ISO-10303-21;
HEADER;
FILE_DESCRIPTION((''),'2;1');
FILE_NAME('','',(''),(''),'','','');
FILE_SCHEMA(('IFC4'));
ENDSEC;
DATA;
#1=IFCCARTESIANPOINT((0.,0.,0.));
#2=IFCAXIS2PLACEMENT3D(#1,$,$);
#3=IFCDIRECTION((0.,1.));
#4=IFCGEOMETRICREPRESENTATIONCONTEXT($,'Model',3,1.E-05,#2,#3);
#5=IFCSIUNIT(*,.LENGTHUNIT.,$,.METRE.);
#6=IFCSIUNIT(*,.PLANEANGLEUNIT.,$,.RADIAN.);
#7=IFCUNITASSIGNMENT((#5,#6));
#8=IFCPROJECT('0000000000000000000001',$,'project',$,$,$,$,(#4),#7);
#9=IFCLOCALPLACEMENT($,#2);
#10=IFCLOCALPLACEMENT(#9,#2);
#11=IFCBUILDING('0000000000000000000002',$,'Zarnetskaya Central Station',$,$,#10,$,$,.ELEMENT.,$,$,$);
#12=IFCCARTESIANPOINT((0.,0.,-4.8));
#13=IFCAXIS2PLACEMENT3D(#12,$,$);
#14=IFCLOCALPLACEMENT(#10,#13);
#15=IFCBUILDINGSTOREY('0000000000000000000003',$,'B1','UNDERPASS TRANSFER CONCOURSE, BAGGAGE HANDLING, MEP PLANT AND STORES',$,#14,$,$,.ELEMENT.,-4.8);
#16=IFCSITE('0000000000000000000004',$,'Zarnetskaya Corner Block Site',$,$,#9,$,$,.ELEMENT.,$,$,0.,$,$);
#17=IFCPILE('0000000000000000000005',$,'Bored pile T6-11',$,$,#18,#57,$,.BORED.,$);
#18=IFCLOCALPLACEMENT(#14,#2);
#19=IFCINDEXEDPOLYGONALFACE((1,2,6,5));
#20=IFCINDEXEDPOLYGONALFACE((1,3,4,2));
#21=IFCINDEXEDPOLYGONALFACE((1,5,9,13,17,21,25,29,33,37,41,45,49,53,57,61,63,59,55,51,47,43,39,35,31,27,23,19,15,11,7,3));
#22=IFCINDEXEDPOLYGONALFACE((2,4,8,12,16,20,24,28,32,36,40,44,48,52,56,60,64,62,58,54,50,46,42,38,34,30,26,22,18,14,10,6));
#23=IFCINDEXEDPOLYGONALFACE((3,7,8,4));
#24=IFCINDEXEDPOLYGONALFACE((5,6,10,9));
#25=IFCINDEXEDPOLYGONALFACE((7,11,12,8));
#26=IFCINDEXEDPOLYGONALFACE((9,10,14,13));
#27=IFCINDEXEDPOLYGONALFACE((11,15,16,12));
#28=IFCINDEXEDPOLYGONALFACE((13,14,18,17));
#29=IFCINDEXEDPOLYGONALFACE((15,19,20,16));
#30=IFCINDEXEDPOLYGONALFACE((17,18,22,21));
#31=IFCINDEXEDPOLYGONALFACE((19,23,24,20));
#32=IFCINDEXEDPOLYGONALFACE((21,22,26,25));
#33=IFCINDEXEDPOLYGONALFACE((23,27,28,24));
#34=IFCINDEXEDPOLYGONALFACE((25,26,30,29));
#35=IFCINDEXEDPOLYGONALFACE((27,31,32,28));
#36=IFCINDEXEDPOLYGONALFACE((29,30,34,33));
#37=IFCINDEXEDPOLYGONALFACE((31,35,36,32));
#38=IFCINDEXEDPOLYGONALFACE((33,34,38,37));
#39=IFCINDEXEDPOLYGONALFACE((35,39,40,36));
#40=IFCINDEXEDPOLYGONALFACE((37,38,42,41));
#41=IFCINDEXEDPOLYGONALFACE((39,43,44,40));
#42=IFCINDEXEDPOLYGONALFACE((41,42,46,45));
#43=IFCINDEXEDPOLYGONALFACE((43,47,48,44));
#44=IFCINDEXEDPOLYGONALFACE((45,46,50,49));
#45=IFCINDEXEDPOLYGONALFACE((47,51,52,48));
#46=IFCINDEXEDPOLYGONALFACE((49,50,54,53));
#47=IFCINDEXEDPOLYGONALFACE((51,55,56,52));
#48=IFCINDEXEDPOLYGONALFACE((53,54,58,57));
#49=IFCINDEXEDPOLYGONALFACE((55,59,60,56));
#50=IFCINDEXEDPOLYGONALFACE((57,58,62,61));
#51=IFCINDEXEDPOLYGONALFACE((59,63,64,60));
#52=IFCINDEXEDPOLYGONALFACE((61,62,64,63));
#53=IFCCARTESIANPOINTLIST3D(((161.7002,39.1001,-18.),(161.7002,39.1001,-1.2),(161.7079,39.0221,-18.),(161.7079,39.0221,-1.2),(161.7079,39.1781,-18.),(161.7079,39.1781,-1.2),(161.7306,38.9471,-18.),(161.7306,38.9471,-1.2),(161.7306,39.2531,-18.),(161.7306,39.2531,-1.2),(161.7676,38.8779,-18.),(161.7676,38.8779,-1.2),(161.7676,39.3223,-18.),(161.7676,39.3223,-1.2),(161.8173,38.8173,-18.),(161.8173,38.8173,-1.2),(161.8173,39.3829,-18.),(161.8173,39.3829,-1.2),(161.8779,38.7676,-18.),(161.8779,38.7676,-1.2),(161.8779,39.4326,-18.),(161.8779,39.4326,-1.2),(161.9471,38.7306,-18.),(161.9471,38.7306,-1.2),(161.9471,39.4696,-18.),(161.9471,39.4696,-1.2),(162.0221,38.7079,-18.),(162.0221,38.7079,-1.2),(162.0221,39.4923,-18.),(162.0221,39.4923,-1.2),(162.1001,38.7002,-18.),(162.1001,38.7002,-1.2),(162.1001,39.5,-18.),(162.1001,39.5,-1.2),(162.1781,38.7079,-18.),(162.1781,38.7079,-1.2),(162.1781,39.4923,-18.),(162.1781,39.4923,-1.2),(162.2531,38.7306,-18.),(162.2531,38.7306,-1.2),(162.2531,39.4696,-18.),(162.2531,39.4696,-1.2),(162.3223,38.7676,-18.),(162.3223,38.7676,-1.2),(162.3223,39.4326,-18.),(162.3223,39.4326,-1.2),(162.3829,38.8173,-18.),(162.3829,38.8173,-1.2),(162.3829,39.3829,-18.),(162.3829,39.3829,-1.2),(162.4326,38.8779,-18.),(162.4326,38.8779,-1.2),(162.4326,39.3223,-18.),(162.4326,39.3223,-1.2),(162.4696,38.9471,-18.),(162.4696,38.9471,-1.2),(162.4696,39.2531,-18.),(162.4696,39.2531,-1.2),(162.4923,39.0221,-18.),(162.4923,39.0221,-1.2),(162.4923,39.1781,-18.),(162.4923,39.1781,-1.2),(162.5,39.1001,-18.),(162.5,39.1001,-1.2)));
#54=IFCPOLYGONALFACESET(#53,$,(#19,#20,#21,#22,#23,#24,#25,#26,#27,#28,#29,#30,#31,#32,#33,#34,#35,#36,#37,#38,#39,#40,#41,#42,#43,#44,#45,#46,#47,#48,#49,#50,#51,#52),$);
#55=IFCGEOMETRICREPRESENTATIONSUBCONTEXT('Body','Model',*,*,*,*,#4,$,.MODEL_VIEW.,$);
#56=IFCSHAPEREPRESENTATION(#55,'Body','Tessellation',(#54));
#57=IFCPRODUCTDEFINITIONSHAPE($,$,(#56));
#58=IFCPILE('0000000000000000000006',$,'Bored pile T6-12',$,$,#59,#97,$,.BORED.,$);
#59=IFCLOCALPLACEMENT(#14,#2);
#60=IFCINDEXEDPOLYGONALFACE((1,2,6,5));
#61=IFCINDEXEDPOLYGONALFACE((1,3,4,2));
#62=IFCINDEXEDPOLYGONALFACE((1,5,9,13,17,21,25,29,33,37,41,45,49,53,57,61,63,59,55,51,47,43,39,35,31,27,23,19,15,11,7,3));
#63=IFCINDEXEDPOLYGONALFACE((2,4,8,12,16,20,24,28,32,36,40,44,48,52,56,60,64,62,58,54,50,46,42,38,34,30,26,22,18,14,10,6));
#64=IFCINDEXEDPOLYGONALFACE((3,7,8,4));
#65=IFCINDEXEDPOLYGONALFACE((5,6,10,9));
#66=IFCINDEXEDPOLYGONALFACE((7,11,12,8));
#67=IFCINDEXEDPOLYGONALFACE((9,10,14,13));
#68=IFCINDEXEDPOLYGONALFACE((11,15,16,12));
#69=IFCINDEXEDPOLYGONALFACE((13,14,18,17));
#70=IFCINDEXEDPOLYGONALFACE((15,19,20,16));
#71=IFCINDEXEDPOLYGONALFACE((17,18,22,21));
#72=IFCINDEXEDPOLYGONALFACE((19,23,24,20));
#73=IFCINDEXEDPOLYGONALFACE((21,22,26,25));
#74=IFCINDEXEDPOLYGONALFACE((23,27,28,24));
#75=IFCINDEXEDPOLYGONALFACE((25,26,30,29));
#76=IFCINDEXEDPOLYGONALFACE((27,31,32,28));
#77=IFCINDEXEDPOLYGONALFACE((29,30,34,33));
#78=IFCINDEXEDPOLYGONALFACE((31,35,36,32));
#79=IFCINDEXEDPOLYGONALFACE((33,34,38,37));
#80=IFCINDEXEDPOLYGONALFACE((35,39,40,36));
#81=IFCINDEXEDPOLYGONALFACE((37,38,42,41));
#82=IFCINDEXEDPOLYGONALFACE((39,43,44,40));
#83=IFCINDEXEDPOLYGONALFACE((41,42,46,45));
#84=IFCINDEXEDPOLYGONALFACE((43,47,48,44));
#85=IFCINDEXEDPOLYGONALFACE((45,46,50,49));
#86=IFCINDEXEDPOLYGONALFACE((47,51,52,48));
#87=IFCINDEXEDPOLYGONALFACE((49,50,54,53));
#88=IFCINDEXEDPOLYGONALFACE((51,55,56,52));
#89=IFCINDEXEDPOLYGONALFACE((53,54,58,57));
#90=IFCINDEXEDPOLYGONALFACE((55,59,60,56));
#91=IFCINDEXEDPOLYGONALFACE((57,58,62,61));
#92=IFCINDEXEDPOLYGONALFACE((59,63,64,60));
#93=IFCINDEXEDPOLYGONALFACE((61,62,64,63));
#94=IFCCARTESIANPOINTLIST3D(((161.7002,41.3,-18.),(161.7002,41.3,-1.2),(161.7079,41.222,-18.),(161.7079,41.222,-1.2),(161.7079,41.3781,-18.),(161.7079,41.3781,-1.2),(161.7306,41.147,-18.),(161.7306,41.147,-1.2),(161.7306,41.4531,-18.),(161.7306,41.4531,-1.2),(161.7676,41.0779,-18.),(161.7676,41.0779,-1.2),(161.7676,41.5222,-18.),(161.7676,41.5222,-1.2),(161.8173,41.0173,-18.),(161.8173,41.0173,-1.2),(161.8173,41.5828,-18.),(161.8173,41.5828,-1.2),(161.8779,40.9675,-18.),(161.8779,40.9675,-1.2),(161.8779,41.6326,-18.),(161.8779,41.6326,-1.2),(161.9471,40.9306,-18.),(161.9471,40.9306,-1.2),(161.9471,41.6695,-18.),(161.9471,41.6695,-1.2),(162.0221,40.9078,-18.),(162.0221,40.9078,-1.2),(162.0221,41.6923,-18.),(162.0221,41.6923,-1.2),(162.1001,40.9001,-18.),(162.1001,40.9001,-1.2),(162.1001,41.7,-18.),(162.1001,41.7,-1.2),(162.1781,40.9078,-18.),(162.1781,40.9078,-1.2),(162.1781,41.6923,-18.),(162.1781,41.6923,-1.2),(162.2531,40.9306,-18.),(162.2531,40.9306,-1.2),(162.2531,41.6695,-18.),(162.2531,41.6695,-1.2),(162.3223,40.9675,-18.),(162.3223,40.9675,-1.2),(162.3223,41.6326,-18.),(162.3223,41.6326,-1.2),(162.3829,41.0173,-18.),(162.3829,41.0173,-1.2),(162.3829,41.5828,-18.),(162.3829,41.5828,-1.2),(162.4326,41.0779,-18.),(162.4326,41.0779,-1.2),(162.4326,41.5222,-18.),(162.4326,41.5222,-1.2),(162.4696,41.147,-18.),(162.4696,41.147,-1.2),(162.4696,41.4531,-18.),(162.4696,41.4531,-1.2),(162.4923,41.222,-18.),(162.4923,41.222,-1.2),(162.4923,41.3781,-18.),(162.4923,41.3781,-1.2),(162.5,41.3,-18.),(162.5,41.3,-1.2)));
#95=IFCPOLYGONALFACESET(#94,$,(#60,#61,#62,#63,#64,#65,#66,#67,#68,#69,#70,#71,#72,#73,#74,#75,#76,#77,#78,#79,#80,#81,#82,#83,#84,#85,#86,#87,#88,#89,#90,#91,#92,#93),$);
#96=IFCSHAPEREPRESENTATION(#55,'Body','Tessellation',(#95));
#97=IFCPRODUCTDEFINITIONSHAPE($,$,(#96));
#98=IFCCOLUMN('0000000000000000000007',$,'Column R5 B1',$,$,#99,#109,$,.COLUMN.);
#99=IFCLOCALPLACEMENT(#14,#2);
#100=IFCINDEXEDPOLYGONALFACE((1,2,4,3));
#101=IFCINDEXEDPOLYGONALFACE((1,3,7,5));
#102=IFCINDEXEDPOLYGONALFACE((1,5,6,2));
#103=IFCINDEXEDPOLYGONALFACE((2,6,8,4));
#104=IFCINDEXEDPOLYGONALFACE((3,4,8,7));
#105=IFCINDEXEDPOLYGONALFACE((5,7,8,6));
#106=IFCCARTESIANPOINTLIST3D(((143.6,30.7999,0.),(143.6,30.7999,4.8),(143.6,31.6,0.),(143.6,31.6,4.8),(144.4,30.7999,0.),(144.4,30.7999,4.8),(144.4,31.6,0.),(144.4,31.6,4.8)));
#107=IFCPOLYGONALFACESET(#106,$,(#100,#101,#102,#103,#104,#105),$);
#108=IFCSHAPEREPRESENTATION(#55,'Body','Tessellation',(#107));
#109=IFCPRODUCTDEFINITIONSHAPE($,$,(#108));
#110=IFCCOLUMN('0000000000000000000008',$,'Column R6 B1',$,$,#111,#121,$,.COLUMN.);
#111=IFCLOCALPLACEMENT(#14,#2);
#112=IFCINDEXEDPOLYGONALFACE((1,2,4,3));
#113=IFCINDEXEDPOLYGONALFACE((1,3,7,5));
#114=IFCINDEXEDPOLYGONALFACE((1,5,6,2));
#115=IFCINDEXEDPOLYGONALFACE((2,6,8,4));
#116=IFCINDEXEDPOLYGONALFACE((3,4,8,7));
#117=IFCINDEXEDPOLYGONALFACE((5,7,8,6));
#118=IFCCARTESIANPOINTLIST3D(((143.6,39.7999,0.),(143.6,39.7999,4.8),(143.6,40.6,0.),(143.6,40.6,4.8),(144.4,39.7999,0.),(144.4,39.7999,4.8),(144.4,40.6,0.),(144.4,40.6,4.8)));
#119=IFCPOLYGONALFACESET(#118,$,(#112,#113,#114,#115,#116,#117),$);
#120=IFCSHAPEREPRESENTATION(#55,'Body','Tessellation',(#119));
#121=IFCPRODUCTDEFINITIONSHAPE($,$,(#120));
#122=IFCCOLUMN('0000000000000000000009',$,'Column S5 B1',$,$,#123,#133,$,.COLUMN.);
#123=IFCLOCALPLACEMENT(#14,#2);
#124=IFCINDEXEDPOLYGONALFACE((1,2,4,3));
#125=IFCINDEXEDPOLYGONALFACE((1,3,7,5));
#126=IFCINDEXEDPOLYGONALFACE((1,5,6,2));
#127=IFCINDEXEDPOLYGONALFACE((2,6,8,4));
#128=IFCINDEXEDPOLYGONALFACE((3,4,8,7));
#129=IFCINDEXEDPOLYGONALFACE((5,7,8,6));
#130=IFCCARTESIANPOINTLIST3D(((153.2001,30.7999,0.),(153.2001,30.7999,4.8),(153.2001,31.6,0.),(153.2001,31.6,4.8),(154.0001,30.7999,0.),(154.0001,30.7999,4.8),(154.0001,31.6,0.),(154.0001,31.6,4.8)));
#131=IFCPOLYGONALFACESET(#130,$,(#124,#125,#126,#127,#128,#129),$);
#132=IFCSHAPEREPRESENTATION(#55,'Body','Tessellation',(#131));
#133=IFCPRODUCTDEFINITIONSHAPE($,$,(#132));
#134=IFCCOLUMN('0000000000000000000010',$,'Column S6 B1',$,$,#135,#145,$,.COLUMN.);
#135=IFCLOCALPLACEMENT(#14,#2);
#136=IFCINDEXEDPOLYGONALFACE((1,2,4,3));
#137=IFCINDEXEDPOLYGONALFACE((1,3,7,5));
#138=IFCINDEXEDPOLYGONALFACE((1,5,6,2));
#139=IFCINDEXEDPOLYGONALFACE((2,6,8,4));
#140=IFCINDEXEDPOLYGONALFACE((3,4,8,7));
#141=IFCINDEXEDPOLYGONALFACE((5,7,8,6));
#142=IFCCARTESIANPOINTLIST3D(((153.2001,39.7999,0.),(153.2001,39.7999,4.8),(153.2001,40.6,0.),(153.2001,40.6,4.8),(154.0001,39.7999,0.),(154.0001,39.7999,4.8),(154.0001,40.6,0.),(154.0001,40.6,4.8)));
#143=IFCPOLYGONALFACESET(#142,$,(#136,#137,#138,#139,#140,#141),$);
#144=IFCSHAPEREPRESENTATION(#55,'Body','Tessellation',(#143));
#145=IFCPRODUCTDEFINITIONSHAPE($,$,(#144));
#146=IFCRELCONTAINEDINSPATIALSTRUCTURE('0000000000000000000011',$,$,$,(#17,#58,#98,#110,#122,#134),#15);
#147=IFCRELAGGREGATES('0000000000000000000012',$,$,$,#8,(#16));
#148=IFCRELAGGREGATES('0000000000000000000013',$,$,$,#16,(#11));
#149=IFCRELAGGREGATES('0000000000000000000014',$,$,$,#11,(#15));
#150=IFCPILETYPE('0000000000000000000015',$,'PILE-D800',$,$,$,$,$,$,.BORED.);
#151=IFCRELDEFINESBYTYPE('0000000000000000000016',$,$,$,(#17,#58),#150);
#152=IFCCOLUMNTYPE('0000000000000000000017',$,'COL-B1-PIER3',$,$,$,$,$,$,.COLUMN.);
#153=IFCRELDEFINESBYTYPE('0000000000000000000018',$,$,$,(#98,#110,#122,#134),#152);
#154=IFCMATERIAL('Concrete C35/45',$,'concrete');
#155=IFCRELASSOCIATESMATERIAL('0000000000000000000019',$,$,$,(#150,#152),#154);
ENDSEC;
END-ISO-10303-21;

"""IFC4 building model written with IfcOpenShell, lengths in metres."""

from ifc_helpers import new_model, si_unit, direction, frame, origin, origin_2d, place, context, subcontext, project, spatial, rectangle, circle, extrude, material, material_profile, profile_set, type_object, element, save


model = new_model("IFC4")

# Units and contexts
model_context = context("Model", 3, precision=1e-05, world=origin(), true_north=direction((0.0, 1.0)))
body_context = subcontext(model_context, "Body", "Model", "MODEL_VIEW")
ifc_project = project(units=[si_unit("LENGTHUNIT", "METRE"), si_unit("PLANEANGLEUNIT", "RADIAN")], contexts=[model_context])

# Site, building, storey
site_placement = place(None, origin())
site = spatial("IfcSite", under=ifc_project, at=site_placement, Name="Zarnetskaya Corner Block Site", CompositionType="ELEMENT", RefElevation=0.0)
building_placement = place(site_placement, origin())
building = spatial("IfcBuilding", under=site, at=building_placement, Name="Zarnetskaya Central Station", CompositionType="ELEMENT")
storey_placement = place(building_placement, frame((0.0, 0.0, -4.8)))
storey = spatial("IfcBuildingStorey", under=building, at=storey_placement, Name="B1", Description="UNDERPASS TRANSFER CONCOURSE, BAGGAGE HANDLING, MEP PLANT AND STORES", CompositionType="ELEMENT", Elevation=-4.8)

# Shared definitions
ifc_material = material(Name="Concrete C35/45", Category="concrete")

# Piles
ifc_material_profile_1 = material_profile(ifc_material, circle(Radius=0.3999, at=origin_2d()), Name="BORED PILE D800")
ifc_profile_set_1 = profile_set([ifc_material_profile_1], Name="Concrete C35/45")
pile_type_1 = type_object("IfcPileType", Name="PILE-D800", PredefinedType="BORED", material=ifc_profile_set_1)
for number, where, z_axis, x_axis, name in (
    (1, (162.1001, 39.1001, -1.2), (0.0, 0.0, -1.0), (1.0, 0.0, 0.0), "Bored pile T6-11"),
    (2, (162.1001, 41.3, -1.2), (0.0, 0.0, -1.0), (1.0, 0.0, 0.0), "Bored pile T6-12"),
):
    element("IfcPile", number, at=place(storey_placement, frame(where, z_axis=z_axis, x_axis=x_axis)), inside=storey, type_object=pile_type_1, Name=name, PredefinedType="BORED", context=body_context, shape_type="SweptSolid", body=[
        extrude(circle(Radius=0.3999, at=origin_2d()), origin(), (0.0, 0.0, 1.0), 16.8),
    ])

# Columns
ifc_material_profile_2 = material_profile(ifc_material, rectangle(XDim=0.8, YDim=0.8, at=origin_2d()), Name="RC 800x800")
ifc_profile_set_2 = profile_set([ifc_material_profile_2], Name="Concrete C35/45")
column_type = type_object("IfcColumnType", Name="COL-B1-PIER3", PredefinedType="COLUMN", material=ifc_profile_set_2)
for number, where, z_axis, x_axis, name in (
    (3, (144.0, 31.2, 0.0), (0.0, 0.0, 1.0), (1.0, 0.0, 0.0), "Column R5 B1"),
    (4, (144.0, 40.2, 0.0), (0.0, 0.0, 1.0), (1.0, 0.0, 0.0), "Column R6 B1"),
    (5, (153.6001, 31.2, 0.0), (0.0, 0.0, 1.0), (1.0, 0.0, 0.0), "Column S5 B1"),
    (6, (153.6001, 40.2, 0.0), (0.0, 0.0, 1.0), (1.0, 0.0, 0.0), "Column S6 B1"),
):
    element("IfcColumn", number, at=place(storey_placement, frame(where, z_axis=z_axis, x_axis=x_axis)), inside=storey, type_object=column_type, Name=name, PredefinedType="COLUMN", context=body_context, shape_type="SweptSolid", body=[
        extrude(rectangle(XDim=0.8, YDim=0.8, at=origin_2d()), origin(), (0.0, 0.0, 1.0), 4.8),
    ])

save(model, "model.ifc")
